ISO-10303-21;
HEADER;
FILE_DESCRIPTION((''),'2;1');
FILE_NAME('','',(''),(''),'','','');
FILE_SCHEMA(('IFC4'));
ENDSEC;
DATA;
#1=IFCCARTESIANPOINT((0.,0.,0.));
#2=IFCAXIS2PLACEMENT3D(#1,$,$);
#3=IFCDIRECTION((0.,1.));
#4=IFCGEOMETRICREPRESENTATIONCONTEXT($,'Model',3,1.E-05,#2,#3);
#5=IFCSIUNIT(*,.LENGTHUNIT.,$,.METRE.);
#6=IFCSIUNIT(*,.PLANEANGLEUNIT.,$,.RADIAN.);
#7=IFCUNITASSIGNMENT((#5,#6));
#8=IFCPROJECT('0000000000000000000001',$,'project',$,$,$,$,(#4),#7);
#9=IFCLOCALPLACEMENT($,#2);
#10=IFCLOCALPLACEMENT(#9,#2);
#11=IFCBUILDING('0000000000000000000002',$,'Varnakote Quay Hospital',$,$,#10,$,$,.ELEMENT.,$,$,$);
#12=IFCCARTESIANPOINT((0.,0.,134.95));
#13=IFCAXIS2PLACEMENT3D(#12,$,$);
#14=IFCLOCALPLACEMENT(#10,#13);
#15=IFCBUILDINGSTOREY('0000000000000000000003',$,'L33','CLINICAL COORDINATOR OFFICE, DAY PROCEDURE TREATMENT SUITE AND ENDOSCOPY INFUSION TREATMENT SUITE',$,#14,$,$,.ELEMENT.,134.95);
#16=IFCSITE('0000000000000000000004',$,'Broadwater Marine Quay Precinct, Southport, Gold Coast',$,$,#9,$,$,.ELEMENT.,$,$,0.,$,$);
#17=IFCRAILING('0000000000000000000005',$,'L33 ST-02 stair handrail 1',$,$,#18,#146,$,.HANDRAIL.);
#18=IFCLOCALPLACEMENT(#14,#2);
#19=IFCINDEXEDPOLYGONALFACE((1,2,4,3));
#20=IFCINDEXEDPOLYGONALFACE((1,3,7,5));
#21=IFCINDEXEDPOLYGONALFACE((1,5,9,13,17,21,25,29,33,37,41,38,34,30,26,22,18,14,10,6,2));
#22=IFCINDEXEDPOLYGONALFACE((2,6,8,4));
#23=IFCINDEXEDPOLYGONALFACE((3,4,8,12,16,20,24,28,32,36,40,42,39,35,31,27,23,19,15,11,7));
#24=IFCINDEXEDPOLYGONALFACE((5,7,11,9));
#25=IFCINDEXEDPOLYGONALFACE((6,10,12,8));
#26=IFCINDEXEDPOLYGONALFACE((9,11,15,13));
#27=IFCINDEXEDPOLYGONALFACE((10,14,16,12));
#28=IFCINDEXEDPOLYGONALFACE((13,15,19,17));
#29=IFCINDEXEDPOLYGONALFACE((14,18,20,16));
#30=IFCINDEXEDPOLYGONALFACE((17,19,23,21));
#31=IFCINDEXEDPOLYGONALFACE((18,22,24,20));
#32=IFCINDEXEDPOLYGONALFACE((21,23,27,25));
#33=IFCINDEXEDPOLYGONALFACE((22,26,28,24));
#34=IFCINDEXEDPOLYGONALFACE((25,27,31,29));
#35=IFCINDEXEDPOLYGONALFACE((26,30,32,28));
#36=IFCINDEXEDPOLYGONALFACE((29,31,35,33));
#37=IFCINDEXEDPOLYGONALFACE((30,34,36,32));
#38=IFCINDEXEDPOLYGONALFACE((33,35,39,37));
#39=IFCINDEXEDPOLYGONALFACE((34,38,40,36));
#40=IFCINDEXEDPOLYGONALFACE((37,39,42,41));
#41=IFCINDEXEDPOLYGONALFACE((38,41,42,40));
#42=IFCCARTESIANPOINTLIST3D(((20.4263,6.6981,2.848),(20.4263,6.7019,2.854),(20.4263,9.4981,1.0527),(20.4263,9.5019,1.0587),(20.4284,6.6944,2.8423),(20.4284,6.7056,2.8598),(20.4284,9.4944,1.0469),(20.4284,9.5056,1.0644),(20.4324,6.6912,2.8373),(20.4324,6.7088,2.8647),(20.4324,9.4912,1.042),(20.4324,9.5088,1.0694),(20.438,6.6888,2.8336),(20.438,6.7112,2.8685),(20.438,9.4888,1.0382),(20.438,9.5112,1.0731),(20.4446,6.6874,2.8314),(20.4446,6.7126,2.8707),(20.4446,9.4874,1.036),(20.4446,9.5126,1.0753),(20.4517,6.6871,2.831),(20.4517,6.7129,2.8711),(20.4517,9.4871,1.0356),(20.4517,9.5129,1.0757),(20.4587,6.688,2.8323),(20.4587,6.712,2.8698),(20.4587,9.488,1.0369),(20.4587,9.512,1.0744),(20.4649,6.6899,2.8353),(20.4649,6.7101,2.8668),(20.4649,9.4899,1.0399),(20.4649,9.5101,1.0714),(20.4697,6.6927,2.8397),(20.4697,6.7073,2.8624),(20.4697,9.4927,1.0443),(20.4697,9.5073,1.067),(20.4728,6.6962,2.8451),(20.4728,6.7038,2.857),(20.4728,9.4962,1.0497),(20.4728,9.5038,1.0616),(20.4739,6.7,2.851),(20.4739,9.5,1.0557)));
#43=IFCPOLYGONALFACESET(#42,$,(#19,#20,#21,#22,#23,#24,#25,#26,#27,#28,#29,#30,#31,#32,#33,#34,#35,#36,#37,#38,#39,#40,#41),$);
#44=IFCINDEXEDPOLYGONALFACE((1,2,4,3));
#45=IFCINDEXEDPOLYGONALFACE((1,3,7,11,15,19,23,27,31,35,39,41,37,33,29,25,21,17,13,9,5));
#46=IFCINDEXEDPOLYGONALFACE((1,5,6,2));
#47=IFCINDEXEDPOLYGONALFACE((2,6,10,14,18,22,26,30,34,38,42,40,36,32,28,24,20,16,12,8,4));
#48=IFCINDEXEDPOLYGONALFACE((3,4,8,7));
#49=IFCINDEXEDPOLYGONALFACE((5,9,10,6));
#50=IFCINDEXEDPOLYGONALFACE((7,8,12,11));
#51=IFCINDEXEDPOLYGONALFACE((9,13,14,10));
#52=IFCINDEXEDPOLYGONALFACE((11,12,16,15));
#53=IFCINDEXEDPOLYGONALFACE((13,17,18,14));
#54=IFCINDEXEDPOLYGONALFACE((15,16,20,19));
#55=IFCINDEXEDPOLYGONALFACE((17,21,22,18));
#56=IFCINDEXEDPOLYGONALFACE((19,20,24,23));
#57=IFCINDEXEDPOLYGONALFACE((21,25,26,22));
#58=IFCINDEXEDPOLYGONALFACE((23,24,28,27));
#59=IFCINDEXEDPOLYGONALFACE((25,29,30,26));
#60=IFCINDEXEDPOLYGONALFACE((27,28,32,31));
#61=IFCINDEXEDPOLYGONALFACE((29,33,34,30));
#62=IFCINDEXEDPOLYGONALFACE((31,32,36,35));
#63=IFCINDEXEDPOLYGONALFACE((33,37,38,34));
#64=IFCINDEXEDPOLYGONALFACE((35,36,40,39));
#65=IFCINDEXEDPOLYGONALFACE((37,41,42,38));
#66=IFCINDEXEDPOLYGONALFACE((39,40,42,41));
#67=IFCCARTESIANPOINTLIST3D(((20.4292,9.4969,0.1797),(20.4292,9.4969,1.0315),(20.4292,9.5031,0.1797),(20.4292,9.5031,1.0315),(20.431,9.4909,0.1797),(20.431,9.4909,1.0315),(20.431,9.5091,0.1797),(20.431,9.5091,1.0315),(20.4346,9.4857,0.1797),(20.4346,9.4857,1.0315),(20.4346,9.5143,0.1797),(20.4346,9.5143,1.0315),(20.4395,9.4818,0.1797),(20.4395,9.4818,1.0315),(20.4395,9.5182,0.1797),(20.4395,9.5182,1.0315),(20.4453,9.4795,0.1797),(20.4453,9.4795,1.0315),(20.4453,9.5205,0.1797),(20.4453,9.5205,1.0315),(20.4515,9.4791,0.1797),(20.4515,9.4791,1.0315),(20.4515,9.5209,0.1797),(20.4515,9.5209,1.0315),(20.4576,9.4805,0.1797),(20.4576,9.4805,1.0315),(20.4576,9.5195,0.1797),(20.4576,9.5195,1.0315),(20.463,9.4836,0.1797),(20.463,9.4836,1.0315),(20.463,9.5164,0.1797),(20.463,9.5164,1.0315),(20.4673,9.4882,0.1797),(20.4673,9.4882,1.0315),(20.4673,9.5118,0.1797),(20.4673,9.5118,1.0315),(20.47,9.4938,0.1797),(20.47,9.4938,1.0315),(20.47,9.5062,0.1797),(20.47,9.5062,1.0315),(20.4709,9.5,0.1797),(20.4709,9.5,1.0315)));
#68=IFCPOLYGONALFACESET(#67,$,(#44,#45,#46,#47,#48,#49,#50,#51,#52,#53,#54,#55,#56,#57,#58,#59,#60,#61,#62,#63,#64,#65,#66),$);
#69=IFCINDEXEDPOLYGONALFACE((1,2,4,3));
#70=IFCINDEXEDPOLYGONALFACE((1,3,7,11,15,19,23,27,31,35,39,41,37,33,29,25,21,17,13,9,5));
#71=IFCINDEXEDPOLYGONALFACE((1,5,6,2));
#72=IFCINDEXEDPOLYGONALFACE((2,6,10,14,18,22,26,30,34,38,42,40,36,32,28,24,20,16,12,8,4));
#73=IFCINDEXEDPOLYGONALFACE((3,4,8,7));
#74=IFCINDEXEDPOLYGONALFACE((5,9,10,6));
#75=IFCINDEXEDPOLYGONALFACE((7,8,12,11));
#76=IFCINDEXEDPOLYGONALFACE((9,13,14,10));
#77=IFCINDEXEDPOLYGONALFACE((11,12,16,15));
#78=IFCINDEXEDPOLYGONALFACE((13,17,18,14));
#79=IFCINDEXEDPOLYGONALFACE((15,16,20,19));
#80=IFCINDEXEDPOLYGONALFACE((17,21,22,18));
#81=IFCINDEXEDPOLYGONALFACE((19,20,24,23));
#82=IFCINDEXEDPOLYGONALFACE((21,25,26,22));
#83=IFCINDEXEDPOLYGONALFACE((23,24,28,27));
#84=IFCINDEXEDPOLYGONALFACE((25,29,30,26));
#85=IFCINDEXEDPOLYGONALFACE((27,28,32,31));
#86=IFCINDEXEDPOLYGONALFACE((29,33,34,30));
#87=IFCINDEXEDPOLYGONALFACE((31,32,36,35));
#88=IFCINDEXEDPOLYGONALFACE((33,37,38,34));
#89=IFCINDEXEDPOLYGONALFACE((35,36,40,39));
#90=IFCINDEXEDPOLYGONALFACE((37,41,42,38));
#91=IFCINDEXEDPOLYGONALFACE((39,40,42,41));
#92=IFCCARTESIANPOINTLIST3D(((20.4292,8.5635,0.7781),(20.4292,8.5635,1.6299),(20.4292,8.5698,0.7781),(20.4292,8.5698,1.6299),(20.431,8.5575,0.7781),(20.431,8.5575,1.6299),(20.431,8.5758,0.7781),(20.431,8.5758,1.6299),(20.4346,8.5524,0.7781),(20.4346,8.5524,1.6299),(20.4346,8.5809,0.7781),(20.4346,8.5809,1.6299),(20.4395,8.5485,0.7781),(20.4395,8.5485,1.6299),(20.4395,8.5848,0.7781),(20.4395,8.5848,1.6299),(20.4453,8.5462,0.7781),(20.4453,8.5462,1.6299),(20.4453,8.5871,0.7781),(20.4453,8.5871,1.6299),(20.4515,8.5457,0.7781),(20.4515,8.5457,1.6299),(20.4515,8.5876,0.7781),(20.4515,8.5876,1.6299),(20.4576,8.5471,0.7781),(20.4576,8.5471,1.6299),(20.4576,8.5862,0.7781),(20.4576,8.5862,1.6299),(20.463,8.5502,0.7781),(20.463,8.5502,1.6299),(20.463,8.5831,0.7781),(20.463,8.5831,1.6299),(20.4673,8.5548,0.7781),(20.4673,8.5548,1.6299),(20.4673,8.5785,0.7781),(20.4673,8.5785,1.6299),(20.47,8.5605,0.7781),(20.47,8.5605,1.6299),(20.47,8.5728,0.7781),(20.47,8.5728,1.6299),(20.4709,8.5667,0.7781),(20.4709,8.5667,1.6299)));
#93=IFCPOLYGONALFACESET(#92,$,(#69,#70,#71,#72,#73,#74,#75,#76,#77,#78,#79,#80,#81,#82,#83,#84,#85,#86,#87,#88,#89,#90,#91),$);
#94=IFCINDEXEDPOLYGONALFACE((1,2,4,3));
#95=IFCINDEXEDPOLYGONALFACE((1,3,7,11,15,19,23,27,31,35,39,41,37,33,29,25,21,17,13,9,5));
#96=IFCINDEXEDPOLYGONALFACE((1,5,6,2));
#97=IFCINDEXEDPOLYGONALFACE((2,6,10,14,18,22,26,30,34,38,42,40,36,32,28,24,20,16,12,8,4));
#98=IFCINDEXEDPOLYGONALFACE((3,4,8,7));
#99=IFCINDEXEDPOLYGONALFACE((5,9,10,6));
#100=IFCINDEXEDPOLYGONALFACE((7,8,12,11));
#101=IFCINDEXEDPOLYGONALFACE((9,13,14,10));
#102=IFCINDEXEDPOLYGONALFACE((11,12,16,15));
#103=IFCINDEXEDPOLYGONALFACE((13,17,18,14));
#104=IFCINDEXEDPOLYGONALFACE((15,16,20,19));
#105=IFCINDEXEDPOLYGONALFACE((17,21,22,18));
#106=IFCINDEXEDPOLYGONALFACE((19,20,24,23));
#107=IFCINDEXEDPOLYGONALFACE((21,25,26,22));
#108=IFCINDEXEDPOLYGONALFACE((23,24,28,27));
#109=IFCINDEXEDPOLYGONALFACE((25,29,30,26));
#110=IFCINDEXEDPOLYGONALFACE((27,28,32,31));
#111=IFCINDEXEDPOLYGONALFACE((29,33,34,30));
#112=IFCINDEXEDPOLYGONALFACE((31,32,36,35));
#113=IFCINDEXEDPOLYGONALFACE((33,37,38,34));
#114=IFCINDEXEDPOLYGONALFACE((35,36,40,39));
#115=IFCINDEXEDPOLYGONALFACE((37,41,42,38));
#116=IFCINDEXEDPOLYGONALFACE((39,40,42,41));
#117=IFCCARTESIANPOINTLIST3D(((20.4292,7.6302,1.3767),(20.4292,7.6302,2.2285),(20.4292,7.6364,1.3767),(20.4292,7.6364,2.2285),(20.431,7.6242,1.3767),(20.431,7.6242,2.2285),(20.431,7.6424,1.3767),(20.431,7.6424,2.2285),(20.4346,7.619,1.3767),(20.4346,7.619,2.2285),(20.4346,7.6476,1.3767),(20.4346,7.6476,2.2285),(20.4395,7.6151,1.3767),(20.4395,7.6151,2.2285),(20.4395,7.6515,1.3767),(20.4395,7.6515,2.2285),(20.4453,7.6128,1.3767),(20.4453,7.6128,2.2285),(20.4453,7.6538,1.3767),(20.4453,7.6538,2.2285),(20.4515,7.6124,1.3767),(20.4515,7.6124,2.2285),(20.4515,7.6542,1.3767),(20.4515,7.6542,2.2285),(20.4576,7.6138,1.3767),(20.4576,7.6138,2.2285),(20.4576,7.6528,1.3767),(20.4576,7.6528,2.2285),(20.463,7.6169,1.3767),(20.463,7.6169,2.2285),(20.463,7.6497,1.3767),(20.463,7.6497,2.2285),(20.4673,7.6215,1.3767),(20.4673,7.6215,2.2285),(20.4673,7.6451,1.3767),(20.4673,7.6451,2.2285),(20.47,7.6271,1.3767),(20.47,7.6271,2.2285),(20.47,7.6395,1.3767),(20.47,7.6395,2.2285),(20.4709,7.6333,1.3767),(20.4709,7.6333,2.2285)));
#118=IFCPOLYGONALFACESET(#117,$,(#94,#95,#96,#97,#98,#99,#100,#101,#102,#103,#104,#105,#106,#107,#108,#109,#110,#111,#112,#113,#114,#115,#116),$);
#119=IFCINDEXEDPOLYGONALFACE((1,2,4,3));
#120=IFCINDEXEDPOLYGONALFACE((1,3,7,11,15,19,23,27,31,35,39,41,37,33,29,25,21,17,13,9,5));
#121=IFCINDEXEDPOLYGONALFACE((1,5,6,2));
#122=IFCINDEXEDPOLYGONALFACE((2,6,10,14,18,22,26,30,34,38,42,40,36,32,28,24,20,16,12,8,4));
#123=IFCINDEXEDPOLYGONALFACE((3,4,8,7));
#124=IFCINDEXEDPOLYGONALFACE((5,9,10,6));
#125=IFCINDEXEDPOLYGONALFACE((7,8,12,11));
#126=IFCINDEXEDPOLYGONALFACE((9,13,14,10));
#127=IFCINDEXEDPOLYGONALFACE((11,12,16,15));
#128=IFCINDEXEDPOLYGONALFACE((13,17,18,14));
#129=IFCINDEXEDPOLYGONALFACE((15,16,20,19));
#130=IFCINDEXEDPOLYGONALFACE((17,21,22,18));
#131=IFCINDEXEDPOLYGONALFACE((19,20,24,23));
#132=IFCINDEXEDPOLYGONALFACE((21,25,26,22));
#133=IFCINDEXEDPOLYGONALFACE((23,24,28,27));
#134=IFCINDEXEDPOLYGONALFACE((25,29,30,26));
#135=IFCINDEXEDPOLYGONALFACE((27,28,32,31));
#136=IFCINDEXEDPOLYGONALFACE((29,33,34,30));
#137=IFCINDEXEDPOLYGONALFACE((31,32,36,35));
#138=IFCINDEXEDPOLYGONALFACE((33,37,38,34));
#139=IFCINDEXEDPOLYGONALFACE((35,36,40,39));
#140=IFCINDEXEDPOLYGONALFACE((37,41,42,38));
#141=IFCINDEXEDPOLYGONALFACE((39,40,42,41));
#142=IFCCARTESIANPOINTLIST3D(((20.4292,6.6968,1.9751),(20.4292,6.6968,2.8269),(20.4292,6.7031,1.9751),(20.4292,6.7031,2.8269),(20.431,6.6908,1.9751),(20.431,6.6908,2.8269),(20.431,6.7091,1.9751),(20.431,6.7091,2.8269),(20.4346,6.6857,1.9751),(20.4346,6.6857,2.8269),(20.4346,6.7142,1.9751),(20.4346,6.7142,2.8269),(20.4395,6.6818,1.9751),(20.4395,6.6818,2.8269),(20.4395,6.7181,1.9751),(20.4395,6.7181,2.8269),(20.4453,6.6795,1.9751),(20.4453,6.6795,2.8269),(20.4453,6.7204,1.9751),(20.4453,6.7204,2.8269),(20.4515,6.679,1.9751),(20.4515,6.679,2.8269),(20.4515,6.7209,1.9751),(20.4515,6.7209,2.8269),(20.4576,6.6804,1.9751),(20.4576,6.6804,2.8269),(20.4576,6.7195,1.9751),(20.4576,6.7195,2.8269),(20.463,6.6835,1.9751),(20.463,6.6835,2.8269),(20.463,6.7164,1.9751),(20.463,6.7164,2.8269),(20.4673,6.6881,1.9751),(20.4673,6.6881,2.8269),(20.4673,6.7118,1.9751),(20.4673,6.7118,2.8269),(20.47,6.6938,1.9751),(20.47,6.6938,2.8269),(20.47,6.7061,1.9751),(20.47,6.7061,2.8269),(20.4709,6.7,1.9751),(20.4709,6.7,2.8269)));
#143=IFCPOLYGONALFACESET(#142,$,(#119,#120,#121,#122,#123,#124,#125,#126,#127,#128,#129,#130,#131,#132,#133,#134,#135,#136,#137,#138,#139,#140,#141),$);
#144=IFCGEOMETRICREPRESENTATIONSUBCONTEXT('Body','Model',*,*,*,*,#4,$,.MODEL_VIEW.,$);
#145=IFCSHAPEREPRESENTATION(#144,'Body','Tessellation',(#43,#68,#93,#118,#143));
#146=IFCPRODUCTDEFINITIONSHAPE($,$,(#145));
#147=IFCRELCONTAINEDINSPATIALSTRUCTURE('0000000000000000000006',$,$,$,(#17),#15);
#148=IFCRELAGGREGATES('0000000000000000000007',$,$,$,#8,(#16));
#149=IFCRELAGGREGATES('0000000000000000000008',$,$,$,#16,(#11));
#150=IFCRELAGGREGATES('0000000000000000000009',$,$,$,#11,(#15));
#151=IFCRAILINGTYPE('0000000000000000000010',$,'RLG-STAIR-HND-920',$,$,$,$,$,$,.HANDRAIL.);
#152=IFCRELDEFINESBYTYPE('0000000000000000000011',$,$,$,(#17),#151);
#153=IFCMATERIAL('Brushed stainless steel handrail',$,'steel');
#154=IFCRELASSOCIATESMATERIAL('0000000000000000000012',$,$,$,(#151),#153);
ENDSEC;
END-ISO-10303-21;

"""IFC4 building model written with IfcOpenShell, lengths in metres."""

from ifc_helpers import new_model, si_unit, direction, frame, origin, origin_2d, place, context, subcontext, project, spatial, circle, extrude, material, type_object, element, save


model = new_model("IFC4")

# Units and contexts
model_context = context("Model", 3, precision=1e-05, world=origin(), true_north=direction((0.0, 1.0)))
body_context = subcontext(model_context, "Body", "Model", "MODEL_VIEW")
ifc_project = project(units=[si_unit("LENGTHUNIT", "METRE"), si_unit("PLANEANGLEUNIT", "RADIAN")], contexts=[model_context])

# Site, building, storey
site_placement = place(None, origin())
site = spatial("IfcSite", under=ifc_project, at=site_placement, Name="Broadwater Marine Quay Precinct, Southport, Gold Coast", CompositionType="ELEMENT", RefElevation=0.0)
building_placement = place(site_placement, origin())
building = spatial("IfcBuilding", under=site, at=building_placement, Name="Varnakote Quay Hospital", CompositionType="ELEMENT")
storey_placement = place(building_placement, frame((0.0, 0.0, 134.95)))
storey = spatial("IfcBuildingStorey", under=building, at=storey_placement, Name="L33", Description="CLINICAL COORDINATOR OFFICE, DAY PROCEDURE TREATMENT SUITE AND ENDOSCOPY INFUSION TREATMENT SUITE", CompositionType="ELEMENT", Elevation=134.95)

# Railing
ifc_material_1 = material(Name="Brushed stainless steel handrail", Category="steel")
railing_type_1 = type_object("IfcRailingType", Name="RLG-STAIR-HND-920", PredefinedType="HANDRAIL", material=ifc_material_1)
railing_1_placement = place(storey_placement, frame((20.45, 9.5, 0.1797)))
element("IfcRailing", 1, at=railing_1_placement, inside=storey, type_object=railing_type_1, Name="L33 ST-02 stair handrail 1", PredefinedType="HANDRAIL", context=body_context, shape_type="SweptSolid", body=[
    extrude(circle(Radius=0.0239, at=origin_2d()), frame((0.0, 0.0, 0.876), z_axis=(0.0, -0.84181, 0.539774), x_axis=(1.0, 0.0, 0.0)), (0.0, 0.0, 1.0), 3.3262),
    extrude(circle(Radius=0.021, at=origin_2d()), origin(), (0.0, 0.0, 1.0), 0.8518),
    extrude(circle(Radius=0.021, at=origin_2d()), frame((0.0, -0.9333, 0.5984)), (0.0, 0.0, 1.0), 0.8518),
    extrude(circle(Radius=0.021, at=origin_2d()), frame((0.0, -1.8667, 1.197)), (0.0, 0.0, 1.0), 0.8518),
    extrude(circle(Radius=0.021, at=origin_2d()), frame((0.0, -2.8, 1.7954)), (0.0, 0.0, 1.0), 0.8518),
])

save(model, "model.ifc")
